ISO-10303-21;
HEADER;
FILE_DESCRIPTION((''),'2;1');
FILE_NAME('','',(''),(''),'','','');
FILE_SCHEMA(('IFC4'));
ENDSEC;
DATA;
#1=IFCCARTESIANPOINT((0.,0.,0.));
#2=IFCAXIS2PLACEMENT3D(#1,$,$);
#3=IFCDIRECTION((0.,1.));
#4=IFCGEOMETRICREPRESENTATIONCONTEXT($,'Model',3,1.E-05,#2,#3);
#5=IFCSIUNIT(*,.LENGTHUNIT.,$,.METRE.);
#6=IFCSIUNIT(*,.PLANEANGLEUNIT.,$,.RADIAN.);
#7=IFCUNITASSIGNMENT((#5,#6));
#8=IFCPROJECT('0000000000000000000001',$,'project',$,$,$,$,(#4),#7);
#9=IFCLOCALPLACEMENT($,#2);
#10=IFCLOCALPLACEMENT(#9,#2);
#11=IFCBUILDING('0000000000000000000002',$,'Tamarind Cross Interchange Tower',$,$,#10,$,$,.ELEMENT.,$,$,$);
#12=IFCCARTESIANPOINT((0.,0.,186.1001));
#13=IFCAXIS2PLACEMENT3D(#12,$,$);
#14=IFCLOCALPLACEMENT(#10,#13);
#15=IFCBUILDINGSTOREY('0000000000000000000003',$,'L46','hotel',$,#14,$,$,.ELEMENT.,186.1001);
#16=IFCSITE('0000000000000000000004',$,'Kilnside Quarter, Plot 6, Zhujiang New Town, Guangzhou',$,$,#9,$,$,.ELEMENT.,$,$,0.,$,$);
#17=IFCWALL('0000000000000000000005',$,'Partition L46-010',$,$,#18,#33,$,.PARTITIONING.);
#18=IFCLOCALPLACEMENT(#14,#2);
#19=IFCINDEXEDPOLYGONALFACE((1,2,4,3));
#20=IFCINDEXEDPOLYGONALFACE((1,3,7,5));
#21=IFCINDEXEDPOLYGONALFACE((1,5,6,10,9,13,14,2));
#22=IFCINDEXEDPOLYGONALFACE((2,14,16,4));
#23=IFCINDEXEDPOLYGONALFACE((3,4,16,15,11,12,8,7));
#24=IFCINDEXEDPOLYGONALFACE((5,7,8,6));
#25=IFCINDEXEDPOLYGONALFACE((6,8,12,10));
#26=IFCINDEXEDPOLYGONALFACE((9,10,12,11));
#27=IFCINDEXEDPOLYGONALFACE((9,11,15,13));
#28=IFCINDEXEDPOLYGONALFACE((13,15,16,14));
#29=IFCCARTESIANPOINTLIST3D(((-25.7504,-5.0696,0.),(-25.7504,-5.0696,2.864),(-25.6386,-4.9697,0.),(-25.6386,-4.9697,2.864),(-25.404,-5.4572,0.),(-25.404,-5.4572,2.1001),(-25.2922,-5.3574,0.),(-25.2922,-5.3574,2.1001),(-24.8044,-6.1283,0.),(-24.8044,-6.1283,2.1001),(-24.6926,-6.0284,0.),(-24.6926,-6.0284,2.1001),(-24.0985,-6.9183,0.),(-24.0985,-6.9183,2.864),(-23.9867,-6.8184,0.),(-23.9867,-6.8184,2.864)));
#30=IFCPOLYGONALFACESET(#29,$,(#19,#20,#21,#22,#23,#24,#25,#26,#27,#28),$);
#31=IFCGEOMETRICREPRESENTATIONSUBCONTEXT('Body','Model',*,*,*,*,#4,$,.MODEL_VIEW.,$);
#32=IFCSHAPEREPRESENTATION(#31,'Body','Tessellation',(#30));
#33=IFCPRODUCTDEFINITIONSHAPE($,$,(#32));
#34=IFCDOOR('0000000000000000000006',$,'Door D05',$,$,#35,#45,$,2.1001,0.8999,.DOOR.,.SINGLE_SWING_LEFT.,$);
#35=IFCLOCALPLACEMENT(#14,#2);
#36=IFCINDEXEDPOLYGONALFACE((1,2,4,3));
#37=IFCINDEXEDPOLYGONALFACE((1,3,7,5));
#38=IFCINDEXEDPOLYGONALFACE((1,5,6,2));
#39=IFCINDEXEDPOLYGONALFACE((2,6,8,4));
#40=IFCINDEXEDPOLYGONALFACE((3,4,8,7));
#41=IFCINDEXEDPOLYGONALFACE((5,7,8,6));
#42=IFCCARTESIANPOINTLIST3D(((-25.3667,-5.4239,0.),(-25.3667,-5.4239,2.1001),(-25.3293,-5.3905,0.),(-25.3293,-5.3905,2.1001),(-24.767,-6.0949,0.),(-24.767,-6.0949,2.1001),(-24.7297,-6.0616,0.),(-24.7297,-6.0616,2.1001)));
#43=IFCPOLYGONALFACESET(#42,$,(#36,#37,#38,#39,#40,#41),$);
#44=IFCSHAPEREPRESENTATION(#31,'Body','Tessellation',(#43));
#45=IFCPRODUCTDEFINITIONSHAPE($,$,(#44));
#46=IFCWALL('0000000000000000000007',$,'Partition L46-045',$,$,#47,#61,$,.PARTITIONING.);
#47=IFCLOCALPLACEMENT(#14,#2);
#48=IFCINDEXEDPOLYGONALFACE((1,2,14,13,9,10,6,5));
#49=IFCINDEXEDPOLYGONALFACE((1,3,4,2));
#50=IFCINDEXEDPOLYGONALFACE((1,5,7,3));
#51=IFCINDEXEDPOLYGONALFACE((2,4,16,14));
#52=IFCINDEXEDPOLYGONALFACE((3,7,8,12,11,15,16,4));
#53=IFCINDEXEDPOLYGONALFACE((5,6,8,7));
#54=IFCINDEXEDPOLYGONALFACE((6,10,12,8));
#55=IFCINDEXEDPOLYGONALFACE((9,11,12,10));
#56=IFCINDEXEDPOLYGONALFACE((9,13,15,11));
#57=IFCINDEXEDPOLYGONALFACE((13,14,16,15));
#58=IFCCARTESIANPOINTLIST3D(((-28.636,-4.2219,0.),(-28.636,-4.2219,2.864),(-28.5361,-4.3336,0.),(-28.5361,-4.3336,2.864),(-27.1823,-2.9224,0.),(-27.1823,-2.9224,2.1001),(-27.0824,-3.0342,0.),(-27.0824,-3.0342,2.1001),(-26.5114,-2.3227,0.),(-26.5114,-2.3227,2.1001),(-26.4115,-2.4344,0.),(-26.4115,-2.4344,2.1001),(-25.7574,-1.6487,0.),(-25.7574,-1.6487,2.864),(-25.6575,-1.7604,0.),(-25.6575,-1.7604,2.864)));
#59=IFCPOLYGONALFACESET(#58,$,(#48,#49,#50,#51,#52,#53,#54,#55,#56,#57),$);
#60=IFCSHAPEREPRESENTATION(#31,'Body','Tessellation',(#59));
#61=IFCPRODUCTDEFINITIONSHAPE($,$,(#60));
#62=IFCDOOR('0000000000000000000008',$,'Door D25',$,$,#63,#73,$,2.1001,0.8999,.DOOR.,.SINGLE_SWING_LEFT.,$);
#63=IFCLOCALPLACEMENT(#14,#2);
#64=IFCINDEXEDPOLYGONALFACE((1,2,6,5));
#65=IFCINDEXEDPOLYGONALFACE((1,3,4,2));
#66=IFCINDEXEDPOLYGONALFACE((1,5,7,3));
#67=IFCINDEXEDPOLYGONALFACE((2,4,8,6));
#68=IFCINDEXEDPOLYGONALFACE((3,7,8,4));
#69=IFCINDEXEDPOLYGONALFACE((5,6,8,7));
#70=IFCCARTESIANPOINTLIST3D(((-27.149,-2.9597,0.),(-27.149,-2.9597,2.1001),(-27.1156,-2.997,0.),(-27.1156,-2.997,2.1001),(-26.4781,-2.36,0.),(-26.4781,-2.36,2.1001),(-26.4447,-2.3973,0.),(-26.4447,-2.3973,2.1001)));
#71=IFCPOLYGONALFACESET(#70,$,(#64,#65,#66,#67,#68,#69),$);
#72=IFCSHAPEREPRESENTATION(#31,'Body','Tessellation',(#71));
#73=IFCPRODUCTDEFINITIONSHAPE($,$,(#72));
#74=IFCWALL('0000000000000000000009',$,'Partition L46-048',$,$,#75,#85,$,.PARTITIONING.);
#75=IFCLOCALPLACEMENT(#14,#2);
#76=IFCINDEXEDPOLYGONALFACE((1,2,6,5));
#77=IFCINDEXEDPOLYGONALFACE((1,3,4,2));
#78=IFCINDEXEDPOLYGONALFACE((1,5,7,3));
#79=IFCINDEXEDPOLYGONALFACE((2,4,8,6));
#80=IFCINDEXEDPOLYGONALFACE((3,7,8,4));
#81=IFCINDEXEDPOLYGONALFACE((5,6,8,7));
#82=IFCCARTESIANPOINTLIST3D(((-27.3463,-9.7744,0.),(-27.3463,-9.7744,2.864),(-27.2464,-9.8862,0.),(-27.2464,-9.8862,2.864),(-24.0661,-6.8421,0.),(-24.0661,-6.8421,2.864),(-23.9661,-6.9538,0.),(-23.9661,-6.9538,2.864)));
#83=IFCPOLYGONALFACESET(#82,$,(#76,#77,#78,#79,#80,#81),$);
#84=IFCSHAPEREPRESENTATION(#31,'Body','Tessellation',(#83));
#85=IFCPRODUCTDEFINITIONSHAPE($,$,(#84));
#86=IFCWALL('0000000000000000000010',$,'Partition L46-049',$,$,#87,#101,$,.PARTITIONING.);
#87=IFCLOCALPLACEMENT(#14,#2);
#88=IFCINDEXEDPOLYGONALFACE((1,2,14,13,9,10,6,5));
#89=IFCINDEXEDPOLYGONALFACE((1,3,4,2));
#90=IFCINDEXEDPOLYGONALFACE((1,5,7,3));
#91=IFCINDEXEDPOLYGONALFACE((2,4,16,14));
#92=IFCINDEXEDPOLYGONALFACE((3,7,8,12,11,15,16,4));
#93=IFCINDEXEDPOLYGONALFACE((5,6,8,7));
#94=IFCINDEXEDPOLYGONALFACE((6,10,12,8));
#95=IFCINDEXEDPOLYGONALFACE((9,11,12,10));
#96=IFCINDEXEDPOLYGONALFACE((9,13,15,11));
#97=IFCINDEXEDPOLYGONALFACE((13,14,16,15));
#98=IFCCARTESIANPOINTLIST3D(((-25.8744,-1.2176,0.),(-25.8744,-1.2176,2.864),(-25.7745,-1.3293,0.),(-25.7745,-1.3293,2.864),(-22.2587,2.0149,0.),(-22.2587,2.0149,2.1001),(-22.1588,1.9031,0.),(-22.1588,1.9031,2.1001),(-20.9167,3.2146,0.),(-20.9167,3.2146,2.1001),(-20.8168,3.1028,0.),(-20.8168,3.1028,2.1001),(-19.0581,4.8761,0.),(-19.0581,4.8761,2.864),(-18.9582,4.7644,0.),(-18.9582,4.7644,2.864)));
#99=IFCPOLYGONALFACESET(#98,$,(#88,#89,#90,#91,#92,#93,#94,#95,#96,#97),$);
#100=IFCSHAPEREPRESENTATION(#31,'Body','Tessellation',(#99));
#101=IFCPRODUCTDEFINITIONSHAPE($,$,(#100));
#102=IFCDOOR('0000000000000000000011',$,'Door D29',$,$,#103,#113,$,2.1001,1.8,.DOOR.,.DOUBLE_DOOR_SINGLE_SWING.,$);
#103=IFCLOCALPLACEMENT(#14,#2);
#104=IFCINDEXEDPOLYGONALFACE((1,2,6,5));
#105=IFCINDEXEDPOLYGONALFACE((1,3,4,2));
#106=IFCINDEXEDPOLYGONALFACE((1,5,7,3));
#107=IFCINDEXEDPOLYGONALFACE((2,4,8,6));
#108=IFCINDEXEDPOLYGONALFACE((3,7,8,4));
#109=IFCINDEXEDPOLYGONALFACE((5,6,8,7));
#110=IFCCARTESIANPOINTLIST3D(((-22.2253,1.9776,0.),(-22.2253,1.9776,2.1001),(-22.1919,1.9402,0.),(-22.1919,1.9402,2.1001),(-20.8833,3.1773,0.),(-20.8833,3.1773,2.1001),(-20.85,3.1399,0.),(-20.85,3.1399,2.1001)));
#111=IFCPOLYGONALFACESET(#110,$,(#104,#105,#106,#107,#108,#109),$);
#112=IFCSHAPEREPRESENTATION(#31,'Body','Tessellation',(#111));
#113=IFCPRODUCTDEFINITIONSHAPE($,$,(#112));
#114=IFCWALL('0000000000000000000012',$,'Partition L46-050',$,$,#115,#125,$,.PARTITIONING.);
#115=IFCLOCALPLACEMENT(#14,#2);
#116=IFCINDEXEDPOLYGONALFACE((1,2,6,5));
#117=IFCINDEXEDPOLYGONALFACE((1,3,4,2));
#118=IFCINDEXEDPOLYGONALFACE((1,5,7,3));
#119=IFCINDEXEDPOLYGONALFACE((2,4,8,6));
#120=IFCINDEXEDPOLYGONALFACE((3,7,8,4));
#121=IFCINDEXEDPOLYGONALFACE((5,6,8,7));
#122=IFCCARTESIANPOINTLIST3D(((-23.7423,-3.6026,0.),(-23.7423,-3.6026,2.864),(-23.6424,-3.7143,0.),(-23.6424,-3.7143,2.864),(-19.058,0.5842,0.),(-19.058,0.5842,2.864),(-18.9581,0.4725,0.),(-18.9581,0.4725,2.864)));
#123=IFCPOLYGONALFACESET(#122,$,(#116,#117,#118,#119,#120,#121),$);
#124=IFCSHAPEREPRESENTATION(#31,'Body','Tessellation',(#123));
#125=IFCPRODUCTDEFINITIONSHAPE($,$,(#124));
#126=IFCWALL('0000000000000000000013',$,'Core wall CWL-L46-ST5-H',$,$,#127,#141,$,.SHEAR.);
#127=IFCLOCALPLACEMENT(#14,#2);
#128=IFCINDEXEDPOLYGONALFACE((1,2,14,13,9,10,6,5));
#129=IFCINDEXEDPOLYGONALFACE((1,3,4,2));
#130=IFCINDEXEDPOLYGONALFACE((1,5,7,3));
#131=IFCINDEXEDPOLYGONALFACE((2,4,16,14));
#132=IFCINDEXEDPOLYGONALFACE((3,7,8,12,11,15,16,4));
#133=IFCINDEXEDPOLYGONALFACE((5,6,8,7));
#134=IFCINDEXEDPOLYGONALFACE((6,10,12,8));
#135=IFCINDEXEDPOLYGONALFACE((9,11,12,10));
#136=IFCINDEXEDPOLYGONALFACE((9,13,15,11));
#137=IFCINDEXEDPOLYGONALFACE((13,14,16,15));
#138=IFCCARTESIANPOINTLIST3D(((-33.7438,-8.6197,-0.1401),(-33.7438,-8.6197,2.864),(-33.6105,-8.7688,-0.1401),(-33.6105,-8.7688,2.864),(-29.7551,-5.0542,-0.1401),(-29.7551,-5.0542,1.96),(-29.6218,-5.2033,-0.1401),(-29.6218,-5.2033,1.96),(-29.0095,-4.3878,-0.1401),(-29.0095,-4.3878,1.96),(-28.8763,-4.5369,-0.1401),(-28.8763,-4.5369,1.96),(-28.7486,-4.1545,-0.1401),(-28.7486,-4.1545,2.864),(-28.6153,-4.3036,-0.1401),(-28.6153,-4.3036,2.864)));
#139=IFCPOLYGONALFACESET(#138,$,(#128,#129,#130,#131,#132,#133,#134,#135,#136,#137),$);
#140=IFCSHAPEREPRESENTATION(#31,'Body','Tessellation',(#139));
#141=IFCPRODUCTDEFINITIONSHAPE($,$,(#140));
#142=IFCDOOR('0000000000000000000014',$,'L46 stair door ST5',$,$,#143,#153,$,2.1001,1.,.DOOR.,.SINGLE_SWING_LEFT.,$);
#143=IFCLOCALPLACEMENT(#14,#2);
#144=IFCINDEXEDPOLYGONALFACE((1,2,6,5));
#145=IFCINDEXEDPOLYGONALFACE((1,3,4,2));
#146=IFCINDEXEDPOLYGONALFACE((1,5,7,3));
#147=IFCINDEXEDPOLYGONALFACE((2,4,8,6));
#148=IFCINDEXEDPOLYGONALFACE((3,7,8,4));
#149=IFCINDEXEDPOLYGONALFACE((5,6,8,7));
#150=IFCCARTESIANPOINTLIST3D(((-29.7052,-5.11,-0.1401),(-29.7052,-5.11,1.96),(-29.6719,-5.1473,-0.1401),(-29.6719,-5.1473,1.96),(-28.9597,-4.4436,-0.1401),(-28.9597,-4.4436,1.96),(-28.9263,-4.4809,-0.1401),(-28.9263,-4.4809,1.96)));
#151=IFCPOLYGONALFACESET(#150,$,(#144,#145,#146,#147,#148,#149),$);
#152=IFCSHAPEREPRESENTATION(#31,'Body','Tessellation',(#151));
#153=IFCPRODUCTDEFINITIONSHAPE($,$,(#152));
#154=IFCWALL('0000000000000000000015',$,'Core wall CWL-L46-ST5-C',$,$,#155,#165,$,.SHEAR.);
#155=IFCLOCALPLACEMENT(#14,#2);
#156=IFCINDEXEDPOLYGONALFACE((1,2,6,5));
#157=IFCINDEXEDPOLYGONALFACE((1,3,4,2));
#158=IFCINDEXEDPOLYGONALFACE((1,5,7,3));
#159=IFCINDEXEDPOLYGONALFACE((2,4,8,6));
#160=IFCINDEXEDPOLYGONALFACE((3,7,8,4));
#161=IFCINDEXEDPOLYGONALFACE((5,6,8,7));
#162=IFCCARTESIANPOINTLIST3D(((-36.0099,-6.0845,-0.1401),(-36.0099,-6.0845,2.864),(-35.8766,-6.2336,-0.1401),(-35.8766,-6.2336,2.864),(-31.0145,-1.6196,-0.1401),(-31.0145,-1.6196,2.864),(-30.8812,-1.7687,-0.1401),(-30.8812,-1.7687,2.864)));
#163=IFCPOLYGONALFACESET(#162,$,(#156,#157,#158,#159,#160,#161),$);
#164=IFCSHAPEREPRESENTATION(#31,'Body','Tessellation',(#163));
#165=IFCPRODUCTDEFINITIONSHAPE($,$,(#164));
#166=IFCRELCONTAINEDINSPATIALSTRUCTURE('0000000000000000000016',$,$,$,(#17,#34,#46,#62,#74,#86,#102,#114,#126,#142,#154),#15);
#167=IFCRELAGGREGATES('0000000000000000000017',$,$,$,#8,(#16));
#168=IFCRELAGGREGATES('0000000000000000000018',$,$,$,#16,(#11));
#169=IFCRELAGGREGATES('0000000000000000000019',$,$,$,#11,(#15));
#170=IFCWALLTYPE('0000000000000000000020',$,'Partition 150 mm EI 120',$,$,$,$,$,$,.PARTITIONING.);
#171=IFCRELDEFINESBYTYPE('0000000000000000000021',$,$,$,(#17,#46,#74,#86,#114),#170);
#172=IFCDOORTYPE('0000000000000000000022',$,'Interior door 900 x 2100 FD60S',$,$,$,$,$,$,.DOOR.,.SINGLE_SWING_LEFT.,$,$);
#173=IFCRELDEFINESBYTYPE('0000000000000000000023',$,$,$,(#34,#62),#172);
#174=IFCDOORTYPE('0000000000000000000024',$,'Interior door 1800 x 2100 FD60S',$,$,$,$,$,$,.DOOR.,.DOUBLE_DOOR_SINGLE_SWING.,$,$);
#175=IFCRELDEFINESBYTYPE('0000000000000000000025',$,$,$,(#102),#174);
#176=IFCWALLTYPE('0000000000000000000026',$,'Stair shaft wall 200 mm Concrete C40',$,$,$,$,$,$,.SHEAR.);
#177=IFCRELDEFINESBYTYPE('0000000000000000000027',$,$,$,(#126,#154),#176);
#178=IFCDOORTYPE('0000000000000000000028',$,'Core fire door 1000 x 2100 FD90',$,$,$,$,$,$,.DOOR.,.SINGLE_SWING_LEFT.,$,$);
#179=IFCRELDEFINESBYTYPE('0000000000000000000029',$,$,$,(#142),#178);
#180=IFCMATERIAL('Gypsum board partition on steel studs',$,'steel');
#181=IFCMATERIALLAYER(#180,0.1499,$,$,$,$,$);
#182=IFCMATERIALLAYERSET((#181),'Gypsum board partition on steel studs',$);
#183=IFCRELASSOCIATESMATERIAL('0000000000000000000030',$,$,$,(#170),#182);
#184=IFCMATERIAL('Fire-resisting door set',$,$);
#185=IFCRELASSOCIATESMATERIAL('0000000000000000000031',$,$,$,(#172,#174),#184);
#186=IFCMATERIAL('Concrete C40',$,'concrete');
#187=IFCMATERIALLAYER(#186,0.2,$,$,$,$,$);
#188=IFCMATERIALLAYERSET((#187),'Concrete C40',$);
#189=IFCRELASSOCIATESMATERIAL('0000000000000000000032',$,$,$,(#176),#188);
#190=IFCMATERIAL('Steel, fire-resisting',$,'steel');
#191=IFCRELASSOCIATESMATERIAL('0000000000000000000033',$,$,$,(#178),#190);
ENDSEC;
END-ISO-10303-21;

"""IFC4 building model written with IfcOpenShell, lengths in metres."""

from ifc_helpers import new_model, si_unit, direction, frame, frame_2d, origin, place, context, subcontext, project, spatial, rectangle, extrude, material, layer, layer_set, type_object, element, fill, save


model = new_model("IFC4")

# Units and contexts
model_context = context("Model", 3, precision=1e-05, world=origin(), true_north=direction((0.0, 1.0)))
body_context = subcontext(model_context, "Body", "Model", "MODEL_VIEW")
ifc_project = project(units=[si_unit("LENGTHUNIT", "METRE"), si_unit("PLANEANGLEUNIT", "RADIAN")], contexts=[model_context])

# Site, building, storey
site_placement = place(None, origin())
site = spatial("IfcSite", under=ifc_project, at=site_placement, Name="Kilnside Quarter, Plot 6, Zhujiang New Town, Guangzhou", CompositionType="ELEMENT", RefElevation=0.0)
building_placement = place(site_placement, origin())
building = spatial("IfcBuilding", under=site, at=building_placement, Name="Tamarind Cross Interchange Tower", CompositionType="ELEMENT")
storey_placement = place(building_placement, frame((0.0, 0.0, 186.1001)))
storey = spatial("IfcBuildingStorey", under=building, at=storey_placement, Name="L46", Description="hotel", CompositionType="ELEMENT", Elevation=186.1001)

# Shared definitions
ifc_material_1 = material(Name="Gypsum board partition on steel studs", Category="steel")
ifc_layer_1 = layer(ifc_material_1, 0.1499)
ifc_layer_set_1 = layer_set([ifc_layer_1], Name="Gypsum board partition on steel studs")
wall_type_1 = type_object("IfcWallType", Name="Partition 150 mm EI 120", PredefinedType="PARTITIONING", material=ifc_layer_set_1)

# Shared definitions
ifc_material_2 = material(Name="Fire-resisting door set")
door_type_1 = type_object("IfcDoorType", Name="Interior door 900 x 2100 FD60S", OperationType="SINGLE_SWING_LEFT", PredefinedType="DOOR", material=ifc_material_2)

# Walls, openings, doors
wall_1_placement = place(storey_placement, frame((-25.6946, -5.0195, 0.0), z_axis=(0.0, 0.0, 1.0), x_axis=(0.666305, -0.745679, 0.0)))
wall_1 = element("IfcWall", 1, at=wall_1_placement, inside=storey, type_object=wall_type_1, Name="Partition L46-010", PredefinedType="PARTITIONING", context=body_context, shape_type="SweptSolid", body=[
    extrude(rectangle(XDim=2.4792, YDim=0.1499, at=frame_2d((1.2397, 0.0))), origin(), (0.0, 0.0, 1.0), 2.864),
])
opening_1_placement = place(wall_1_placement, frame((0.52, 0.0, 0.0)))
opening_1 = element("IfcOpeningElement", 2, at=opening_1_placement, cuts=wall_1, PredefinedType="OPENING", context=body_context, shape_type="SweptSolid", body=[
    extrude(rectangle(XDim=0.8999, YDim=2.1001, at=frame_2d((0.45, 1.05))), frame((0.0, 0.085, 0.0), z_axis=(0.0, -1.0, 0.0), x_axis=(1.0, 0.0, 0.0)), (0.0, 0.0, 1.0), 0.1699),
])
door_1_placement = place(opening_1_placement, frame((0.8999, 0.0, 0.0), z_axis=(0.0, 0.0, 1.0), x_axis=(-1.0, 0.0, 0.0)))
door_1 = element("IfcDoor", 3, at=door_1_placement, inside=storey, type_object=door_type_1, Name="Door D05", OperationType="SINGLE_SWING_LEFT", OverallHeight=2.1001, OverallWidth=0.8999, PredefinedType="DOOR", context=body_context, shape_type="SweptSolid", body=[
    extrude(rectangle(XDim=0.8999, YDim=2.1001, at=frame_2d((0.45, 1.05))), frame((0.0, 0.0249, 0.0), z_axis=(0.0, -1.0, 0.0), x_axis=(1.0, 0.0, 0.0)), (0.0, 0.0, 1.0), 0.05),
])
fill(opening_1, door_1)
wall_2_placement = place(storey_placement, frame((-28.5862, -4.2778, 0.0), z_axis=(0.0, 0.0, 1.0), x_axis=(0.74555, 0.666449, 0.0)))
wall_2 = element("IfcWall", 4, at=wall_2_placement, inside=storey, type_object=wall_type_1, Name="Partition L46-045", PredefinedType="PARTITIONING", context=body_context, shape_type="SweptSolid", body=[
    extrude(rectangle(XDim=3.8611, YDim=0.1499, at=frame_2d((1.9307, 0.0))), origin(), (0.0, 0.0, 1.0), 2.864),
])
opening_2_placement = place(wall_2_placement, frame((1.95, 0.0, 0.0)))
opening_2 = element("IfcOpeningElement", 5, at=opening_2_placement, cuts=wall_2, PredefinedType="OPENING", context=body_context, shape_type="SweptSolid", body=[
    extrude(rectangle(XDim=0.8999, YDim=2.1001, at=frame_2d((0.45, 1.05))), frame((0.0, 0.085, 0.0), z_axis=(0.0, -1.0, 0.0), x_axis=(1.0, 0.0, 0.0)), (0.0, 0.0, 1.0), 0.1699),
])
door_2_placement = place(opening_2_placement, origin())
door_2 = element("IfcDoor", 6, at=door_2_placement, inside=storey, type_object=door_type_1, Name="Door D25", OperationType="SINGLE_SWING_LEFT", OverallHeight=2.1001, OverallWidth=0.8999, PredefinedType="DOOR", context=body_context, shape_type="SweptSolid", body=[
    extrude(rectangle(XDim=0.8999, YDim=2.1001, at=frame_2d((0.45, 1.05))), frame((0.0, 0.0249, 0.0), z_axis=(0.0, -1.0, 0.0), x_axis=(1.0, 0.0, 0.0)), (0.0, 0.0, 1.0), 0.05),
])
fill(opening_2, door_2)

# Wall
wall_3_placement = place(storey_placement, frame((-27.2964, -9.8303, 0.0), z_axis=(0.0, 0.0, 1.0), x_axis=(0.745536, 0.666466, 0.0)))
element("IfcWall", 7, at=wall_3_placement, inside=storey, type_object=wall_type_1, Name="Partition L46-048", PredefinedType="PARTITIONING", context=body_context, shape_type="SweptSolid", body=[
    extrude(rectangle(XDim=4.3999, YDim=0.1499, at=frame_2d((2.2, 0.0))), origin(), (0.0, 0.0, 1.0), 2.864),
])

# Wall, opening, door
wall_4_placement = place(storey_placement, frame((-25.8245, -1.2734, 0.0), z_axis=(0.0, 0.0, 1.0), x_axis=(0.745521, 0.666483, 0.0)))
wall_4 = element("IfcWall", 8, at=wall_4_placement, inside=storey, type_object=wall_type_1, Name="Partition L46-049", PredefinedType="PARTITIONING", context=body_context, shape_type="SweptSolid", body=[
    extrude(rectangle(XDim=9.1431, YDim=0.1499, at=frame_2d((4.5715, 0.0))), origin(), (0.0, 0.0, 1.0), 2.864),
])
opening_3_placement = place(wall_4_placement, frame((4.8501, 0.0, 0.0)))
opening_3 = element("IfcOpeningElement", 9, at=opening_3_placement, cuts=wall_4, PredefinedType="OPENING", context=body_context, shape_type="SweptSolid", body=[
    extrude(rectangle(XDim=1.8, YDim=2.1001, at=frame_2d((0.8999, 1.05))), frame((0.0, 0.085, 0.0), z_axis=(0.0, -1.0, 0.0), x_axis=(1.0, 0.0, 0.0)), (0.0, 0.0, 1.0), 0.1699),
])
door_type_2 = type_object("IfcDoorType", Name="Interior door 1800 x 2100 FD60S", OperationType="DOUBLE_DOOR_SINGLE_SWING", PredefinedType="DOOR", material=ifc_material_2)
door_3_placement = place(opening_3_placement, origin())
door_3 = element("IfcDoor", 10, at=door_3_placement, inside=storey, type_object=door_type_2, Name="Door D29", OperationType="DOUBLE_DOOR_SINGLE_SWING", OverallHeight=2.1001, OverallWidth=1.8, PredefinedType="DOOR", context=body_context, shape_type="SweptSolid", body=[
    extrude(rectangle(XDim=1.8, YDim=2.1001, at=frame_2d((0.8999, 1.05))), frame((0.0, 0.0249, 0.0), z_axis=(0.0, -1.0, 0.0), x_axis=(1.0, 0.0, 0.0)), (0.0, 0.0, 1.0), 0.05),
])
fill(opening_3, door_3)

# Wall
wall_5_placement = place(storey_placement, frame((-23.6924, -3.6584, 0.0), z_axis=(0.0, 0.0, 1.0), x_axis=(0.745595, 0.666399, 0.0)))
element("IfcWall", 11, at=wall_5_placement, inside=storey, type_object=wall_type_1, Name="Partition L46-050", PredefinedType="PARTITIONING", context=body_context, shape_type="SweptSolid", body=[
    extrude(rectangle(XDim=6.2827, YDim=0.1499, at=frame_2d((3.1414, 0.0))), origin(), (0.0, 0.0, 1.0), 2.864),
])

# Wall, opening, door
ifc_material_3 = material(Name="Concrete C40", Category="concrete")
ifc_layer_2 = layer(ifc_material_3, 0.2)
ifc_layer_set_2 = layer_set([ifc_layer_2], Name="Concrete C40")
wall_type_2 = type_object("IfcWallType", Name="Stair shaft wall 200 mm Concrete C40", PredefinedType="SHEAR", material=ifc_layer_set_2)
wall_6_placement = place(storey_placement, frame((-28.6819, -4.229, -0.1401), z_axis=(0.0, 0.0, 1.0), x_axis=(-0.745555, -0.666444, 0.0)))
wall_6 = element("IfcWall", 12, at=wall_6_placement, inside=storey, type_object=wall_type_2, Name="Core wall CWL-L46-ST5-H", PredefinedType="SHEAR", context=body_context, shape_type="SweptSolid", body=[
    extrude(rectangle(XDim=6.7, YDim=0.2, at=frame_2d((3.3501, 0.0))), origin(), (0.0, 0.0, 1.0), 3.0042),
])
opening_4_placement = place(wall_6_placement, frame((0.3501, 0.0, 0.0)))
opening_4 = element("IfcOpeningElement", 13, at=opening_4_placement, cuts=wall_6, PredefinedType="OPENING", context=body_context, shape_type="SweptSolid", body=[
    extrude(rectangle(XDim=1.0, YDim=2.1001, at=frame_2d((0.5, 1.05))), frame((0.0, 0.1099, 0.0), z_axis=(0.0, -1.0, 0.0), x_axis=(1.0, 0.0, 0.0)), (0.0, 0.0, 1.0), 0.22),
])
ifc_material_4 = material(Name="Steel, fire-resisting", Category="steel")
door_type_3 = type_object("IfcDoorType", Name="Core fire door 1000 x 2100 FD90", OperationType="SINGLE_SWING_LEFT", PredefinedType="DOOR", material=ifc_material_4)
door_4_placement = place(opening_4_placement, origin())
door_4 = element("IfcDoor", 14, at=door_4_placement, inside=storey, type_object=door_type_3, Name="L46 stair door ST5", OperationType="SINGLE_SWING_LEFT", OverallHeight=2.1001, OverallWidth=1.0, PredefinedType="DOOR", context=body_context, shape_type="SweptSolid", body=[
    extrude(rectangle(XDim=1.0, YDim=2.1001, at=frame_2d((0.5, 1.05))), frame((0.0, 0.0249, 0.0), z_axis=(0.0, -1.0, 0.0), x_axis=(1.0, 0.0, 0.0)), (0.0, 0.0, 1.0), 0.05),
])
fill(opening_4, door_4)

# Wall
wall_7_placement = place(storey_placement, frame((-30.9478, -1.6941, -0.1401), z_axis=(0.0, 0.0, 1.0), x_axis=(-0.745589, -0.666406, 0.0)))
element("IfcWall", 15, at=wall_7_placement, inside=storey, type_object=wall_type_2, Name="Core wall CWL-L46-ST5-C", PredefinedType="SHEAR", context=body_context, shape_type="SweptSolid", body=[
    extrude(rectangle(XDim=6.7, YDim=0.2, at=frame_2d((3.3501, 0.0))), origin(), (0.0, 0.0, 1.0), 3.0042),
])

save(model, "model.ifc")
